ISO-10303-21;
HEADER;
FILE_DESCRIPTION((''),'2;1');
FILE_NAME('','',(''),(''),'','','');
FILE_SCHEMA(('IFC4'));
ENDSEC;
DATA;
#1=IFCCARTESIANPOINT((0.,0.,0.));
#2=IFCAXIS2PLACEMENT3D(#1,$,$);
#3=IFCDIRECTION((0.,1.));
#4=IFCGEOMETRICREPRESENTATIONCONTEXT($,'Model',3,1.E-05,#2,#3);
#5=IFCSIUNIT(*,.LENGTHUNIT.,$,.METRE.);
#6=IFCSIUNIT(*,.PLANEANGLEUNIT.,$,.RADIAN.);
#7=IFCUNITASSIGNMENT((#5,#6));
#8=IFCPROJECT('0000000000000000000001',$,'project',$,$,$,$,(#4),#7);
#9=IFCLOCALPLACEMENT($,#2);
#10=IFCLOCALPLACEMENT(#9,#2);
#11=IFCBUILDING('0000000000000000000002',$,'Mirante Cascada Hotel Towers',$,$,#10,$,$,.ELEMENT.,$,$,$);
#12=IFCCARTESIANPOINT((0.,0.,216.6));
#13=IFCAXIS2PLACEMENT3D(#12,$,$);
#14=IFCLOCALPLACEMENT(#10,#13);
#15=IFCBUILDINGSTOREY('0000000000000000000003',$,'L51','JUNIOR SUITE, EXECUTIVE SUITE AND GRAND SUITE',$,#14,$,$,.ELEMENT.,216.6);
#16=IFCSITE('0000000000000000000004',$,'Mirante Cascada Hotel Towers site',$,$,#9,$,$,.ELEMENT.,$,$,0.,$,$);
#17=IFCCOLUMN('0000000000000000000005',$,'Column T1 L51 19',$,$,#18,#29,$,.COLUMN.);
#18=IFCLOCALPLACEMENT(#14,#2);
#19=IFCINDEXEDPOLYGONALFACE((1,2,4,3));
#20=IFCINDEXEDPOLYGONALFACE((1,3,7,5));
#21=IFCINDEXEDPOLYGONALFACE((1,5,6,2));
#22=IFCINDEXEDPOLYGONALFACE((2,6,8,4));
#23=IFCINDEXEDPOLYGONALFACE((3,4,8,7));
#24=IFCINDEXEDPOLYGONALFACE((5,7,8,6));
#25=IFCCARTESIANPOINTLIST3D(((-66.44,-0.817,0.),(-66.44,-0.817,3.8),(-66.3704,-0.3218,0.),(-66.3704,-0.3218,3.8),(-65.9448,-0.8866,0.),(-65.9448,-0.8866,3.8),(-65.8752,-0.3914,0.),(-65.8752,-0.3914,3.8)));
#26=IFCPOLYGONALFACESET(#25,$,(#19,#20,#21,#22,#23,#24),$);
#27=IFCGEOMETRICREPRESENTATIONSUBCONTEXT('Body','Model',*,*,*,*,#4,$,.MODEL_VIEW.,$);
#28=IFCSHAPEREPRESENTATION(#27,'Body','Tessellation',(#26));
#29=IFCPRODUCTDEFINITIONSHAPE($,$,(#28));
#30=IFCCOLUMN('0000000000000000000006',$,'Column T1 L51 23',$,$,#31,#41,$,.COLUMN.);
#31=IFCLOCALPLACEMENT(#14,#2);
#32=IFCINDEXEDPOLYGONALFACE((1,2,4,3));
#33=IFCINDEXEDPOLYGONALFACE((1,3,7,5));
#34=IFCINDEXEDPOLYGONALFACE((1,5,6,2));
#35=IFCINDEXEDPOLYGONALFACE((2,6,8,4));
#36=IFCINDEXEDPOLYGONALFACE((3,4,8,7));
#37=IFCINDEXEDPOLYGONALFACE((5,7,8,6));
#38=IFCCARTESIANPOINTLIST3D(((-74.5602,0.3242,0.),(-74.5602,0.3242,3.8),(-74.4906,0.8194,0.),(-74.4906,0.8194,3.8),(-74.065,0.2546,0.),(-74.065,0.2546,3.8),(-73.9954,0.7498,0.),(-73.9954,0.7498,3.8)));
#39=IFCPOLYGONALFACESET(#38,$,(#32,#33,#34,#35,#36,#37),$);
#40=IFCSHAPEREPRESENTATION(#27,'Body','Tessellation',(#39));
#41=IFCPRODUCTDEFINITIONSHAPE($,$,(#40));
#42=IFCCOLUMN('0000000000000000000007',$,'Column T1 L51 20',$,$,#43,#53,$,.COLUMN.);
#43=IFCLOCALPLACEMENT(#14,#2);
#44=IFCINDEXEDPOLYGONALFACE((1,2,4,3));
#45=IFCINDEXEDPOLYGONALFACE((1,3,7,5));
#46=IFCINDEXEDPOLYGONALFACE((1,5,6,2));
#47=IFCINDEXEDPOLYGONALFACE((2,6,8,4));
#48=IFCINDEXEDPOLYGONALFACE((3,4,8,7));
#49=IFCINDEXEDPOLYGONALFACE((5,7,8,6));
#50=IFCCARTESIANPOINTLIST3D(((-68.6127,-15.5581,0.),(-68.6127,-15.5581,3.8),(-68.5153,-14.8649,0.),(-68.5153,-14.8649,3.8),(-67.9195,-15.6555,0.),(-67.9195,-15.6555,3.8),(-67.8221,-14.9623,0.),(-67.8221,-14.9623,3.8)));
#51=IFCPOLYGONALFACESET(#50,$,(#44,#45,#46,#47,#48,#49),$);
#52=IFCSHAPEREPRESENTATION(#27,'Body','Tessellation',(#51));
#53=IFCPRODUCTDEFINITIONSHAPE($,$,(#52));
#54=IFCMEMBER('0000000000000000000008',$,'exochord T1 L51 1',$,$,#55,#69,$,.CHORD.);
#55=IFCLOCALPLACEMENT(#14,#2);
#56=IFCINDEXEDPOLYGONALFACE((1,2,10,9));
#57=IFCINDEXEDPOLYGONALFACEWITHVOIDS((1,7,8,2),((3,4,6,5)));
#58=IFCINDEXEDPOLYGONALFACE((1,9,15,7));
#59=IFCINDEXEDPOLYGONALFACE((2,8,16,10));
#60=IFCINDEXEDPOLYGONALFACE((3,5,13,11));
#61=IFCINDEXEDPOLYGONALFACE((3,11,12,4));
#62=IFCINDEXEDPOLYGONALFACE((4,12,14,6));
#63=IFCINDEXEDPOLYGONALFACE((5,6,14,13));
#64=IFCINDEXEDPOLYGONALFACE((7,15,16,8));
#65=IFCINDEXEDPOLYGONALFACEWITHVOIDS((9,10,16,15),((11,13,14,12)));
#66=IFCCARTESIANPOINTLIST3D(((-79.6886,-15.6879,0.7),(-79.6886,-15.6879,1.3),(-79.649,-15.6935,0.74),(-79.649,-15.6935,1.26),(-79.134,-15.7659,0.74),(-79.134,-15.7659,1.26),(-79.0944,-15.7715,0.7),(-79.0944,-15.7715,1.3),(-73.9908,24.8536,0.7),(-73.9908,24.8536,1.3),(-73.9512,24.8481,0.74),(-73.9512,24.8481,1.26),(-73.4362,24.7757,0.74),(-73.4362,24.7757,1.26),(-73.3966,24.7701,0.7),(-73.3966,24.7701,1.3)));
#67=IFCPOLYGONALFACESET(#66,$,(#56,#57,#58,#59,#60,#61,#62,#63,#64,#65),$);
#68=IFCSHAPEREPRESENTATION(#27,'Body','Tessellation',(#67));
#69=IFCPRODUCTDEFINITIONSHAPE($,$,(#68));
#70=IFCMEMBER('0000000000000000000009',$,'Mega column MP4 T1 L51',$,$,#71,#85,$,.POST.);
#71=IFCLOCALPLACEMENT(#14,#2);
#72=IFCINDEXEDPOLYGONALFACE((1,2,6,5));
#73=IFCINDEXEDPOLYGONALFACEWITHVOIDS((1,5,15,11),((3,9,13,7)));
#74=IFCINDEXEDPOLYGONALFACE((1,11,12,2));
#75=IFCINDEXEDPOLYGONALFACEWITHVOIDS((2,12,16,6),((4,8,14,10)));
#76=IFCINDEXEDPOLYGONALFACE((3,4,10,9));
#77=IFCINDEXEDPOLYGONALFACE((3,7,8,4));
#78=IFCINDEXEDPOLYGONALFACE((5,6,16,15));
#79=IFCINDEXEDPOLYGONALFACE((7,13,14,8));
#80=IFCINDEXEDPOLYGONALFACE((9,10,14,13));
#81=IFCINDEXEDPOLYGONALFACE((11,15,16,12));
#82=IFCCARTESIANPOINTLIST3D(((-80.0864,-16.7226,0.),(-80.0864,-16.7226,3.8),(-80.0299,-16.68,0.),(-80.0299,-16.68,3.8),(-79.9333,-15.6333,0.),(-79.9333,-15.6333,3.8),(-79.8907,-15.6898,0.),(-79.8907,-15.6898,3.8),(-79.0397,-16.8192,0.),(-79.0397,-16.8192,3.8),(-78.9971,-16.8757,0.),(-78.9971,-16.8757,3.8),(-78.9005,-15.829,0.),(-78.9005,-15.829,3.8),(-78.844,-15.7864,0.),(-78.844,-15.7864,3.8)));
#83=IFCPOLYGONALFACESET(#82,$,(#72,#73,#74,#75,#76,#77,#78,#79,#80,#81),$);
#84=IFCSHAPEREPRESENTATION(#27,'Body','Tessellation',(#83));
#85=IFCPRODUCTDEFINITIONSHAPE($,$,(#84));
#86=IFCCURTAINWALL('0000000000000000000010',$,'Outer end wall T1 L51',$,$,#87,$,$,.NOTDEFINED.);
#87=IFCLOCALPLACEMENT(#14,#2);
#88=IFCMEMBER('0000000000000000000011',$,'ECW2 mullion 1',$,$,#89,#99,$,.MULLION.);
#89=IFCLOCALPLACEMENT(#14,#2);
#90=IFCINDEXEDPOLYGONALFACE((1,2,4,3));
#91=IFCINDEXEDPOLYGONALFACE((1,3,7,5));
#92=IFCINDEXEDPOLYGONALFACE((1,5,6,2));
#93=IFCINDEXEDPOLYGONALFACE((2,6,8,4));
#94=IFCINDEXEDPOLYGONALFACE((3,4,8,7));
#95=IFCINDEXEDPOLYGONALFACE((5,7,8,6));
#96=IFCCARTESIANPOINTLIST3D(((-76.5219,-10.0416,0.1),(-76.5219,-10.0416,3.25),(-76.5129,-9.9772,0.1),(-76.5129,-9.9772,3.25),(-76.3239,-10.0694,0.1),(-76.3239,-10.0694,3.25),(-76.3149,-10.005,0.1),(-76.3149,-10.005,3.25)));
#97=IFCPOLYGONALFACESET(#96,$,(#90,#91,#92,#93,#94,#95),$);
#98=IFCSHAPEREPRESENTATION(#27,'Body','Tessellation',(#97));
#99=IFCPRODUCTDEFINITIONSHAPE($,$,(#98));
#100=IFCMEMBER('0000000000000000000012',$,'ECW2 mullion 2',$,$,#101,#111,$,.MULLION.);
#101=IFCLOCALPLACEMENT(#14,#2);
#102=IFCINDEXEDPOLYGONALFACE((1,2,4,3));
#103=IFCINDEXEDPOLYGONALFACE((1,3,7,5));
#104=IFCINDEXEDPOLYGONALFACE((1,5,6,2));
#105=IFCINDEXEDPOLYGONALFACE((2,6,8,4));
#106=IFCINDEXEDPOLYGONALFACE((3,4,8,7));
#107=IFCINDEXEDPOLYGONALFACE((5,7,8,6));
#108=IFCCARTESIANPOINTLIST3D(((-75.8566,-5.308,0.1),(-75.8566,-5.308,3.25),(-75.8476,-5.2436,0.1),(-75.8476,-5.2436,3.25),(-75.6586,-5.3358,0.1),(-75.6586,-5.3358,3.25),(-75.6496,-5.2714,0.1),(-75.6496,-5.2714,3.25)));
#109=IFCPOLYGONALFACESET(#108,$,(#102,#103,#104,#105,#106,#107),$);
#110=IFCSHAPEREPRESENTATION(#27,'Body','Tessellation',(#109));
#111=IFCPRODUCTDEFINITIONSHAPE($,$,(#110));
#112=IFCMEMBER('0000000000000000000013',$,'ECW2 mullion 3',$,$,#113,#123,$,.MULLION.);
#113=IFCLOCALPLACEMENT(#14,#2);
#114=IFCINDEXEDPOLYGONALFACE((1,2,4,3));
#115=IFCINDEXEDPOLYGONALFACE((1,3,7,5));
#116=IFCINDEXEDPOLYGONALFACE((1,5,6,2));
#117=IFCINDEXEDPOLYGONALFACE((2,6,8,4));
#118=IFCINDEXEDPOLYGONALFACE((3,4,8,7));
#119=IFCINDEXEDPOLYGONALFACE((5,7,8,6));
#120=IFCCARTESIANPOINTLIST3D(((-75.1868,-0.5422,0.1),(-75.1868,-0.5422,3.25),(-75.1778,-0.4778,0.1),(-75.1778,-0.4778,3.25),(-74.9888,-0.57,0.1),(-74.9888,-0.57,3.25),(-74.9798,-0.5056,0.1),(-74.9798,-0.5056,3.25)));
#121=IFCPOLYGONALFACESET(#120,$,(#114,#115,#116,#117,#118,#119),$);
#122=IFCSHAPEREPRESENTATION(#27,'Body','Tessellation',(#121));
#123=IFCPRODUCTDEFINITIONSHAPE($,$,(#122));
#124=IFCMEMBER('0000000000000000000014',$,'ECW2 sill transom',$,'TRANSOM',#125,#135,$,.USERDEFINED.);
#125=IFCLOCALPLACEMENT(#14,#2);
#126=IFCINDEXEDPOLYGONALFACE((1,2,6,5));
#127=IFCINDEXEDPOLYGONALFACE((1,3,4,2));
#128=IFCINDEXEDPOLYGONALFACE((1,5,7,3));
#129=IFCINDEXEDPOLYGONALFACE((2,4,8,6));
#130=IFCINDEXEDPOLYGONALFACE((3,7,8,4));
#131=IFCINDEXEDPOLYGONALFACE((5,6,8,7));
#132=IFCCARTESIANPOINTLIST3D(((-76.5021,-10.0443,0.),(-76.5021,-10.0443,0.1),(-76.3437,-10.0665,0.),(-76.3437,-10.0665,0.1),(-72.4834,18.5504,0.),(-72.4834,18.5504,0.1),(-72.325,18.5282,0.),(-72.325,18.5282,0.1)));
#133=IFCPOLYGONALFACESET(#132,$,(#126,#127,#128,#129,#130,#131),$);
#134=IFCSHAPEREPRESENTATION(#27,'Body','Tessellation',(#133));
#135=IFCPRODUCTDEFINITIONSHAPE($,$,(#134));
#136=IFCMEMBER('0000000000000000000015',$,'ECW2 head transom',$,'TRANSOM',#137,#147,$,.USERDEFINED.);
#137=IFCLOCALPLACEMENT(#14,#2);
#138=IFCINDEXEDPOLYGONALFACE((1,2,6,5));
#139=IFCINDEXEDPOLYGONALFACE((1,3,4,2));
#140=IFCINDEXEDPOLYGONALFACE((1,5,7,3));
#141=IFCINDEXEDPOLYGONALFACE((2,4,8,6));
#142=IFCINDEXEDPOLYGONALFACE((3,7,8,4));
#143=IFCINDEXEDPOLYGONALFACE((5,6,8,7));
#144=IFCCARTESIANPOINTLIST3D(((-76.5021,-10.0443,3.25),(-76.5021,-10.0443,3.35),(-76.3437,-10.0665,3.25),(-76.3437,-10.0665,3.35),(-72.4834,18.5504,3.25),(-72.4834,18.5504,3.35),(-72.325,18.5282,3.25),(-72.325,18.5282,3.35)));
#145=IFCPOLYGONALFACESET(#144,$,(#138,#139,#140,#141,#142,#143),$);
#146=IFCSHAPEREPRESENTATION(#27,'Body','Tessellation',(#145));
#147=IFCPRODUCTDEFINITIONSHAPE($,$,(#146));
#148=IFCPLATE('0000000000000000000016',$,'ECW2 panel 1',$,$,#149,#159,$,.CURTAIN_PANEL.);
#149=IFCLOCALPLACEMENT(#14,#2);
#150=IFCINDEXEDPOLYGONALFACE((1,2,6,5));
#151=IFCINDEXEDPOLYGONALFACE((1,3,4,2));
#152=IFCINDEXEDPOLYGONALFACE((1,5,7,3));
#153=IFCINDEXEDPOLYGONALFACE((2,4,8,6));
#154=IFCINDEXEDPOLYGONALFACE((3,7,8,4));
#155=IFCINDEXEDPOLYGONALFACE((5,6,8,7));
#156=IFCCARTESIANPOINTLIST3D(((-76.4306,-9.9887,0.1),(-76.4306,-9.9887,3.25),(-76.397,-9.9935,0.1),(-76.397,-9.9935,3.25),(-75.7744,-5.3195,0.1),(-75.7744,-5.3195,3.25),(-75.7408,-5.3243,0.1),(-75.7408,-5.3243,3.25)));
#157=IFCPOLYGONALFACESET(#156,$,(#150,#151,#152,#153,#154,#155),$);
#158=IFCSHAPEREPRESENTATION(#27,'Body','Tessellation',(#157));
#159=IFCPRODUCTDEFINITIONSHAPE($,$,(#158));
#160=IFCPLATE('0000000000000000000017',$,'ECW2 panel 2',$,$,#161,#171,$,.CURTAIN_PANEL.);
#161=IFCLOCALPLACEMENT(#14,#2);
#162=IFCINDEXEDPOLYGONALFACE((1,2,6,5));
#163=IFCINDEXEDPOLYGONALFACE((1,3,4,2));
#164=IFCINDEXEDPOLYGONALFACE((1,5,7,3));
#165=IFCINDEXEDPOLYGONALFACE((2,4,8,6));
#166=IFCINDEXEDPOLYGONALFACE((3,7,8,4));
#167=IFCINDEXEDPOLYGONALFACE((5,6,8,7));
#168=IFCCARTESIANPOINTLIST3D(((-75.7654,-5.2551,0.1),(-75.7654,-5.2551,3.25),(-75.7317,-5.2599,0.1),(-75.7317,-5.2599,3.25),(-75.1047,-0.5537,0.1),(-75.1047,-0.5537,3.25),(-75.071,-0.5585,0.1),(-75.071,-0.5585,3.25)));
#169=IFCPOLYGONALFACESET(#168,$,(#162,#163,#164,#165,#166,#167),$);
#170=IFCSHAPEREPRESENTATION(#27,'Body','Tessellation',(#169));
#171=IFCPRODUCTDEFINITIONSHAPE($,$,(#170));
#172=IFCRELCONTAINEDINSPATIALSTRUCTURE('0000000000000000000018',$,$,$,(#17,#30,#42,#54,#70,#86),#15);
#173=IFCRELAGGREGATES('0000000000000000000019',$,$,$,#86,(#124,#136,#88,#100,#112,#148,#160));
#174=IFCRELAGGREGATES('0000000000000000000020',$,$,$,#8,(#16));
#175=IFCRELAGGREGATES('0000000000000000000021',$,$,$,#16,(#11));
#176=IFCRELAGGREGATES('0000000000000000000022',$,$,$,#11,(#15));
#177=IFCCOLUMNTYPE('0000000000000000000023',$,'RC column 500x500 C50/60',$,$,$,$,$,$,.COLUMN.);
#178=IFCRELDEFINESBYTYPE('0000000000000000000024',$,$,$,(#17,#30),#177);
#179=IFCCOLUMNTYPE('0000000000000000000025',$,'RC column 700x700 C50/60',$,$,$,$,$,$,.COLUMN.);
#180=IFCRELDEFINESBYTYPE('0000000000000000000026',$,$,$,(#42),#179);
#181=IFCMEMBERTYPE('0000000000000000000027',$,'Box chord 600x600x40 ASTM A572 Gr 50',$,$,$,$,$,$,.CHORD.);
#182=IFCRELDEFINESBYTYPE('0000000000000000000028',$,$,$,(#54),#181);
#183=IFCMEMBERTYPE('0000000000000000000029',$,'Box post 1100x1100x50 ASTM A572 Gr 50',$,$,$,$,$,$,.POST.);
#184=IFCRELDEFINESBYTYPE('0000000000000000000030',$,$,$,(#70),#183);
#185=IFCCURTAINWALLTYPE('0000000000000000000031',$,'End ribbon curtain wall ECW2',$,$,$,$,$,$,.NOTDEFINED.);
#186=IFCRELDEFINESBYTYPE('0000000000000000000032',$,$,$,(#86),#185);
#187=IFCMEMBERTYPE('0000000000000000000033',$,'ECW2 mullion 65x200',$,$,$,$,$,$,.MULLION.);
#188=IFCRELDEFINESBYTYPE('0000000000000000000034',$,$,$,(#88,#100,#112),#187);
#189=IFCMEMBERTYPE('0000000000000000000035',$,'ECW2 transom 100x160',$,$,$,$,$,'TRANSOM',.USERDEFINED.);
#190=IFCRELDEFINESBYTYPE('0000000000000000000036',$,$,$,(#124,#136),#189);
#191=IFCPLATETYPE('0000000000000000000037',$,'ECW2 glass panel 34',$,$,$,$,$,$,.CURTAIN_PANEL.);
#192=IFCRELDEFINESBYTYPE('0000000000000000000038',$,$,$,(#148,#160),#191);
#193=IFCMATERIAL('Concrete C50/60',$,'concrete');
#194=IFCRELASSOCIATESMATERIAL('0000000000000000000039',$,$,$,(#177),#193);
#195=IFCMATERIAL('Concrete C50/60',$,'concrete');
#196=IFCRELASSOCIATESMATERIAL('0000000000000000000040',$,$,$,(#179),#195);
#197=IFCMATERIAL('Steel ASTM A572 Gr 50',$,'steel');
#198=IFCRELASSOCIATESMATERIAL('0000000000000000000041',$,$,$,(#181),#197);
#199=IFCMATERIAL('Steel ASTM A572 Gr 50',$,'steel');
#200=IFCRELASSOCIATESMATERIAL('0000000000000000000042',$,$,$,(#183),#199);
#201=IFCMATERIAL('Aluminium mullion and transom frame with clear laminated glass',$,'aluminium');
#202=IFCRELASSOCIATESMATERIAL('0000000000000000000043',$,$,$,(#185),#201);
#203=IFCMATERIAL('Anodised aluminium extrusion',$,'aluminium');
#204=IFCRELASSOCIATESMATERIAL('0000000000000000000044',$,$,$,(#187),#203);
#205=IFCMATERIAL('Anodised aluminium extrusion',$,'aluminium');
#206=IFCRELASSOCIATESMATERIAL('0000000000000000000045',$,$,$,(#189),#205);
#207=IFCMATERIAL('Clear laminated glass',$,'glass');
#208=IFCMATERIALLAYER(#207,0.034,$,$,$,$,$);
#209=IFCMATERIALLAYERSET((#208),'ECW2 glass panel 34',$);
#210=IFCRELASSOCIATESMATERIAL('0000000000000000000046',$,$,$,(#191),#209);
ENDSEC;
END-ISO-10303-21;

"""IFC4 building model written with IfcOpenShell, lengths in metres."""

from ifc_helpers import new_model, si_unit, direction, frame, origin, origin_2d, place, context, subcontext, project, spatial, rectangle, hollow_rectangle, extrude, material, layer, layer_set, material_profile, profile_set, type_object, element, aggregate, save


model = new_model("IFC4")

# Units and contexts
model_context = context("Model", 3, precision=1e-05, world=origin(), true_north=direction((0.0, 1.0)))
body_context = subcontext(model_context, "Body", "Model", "MODEL_VIEW")
ifc_project = project(units=[si_unit("LENGTHUNIT", "METRE"), si_unit("PLANEANGLEUNIT", "RADIAN")], contexts=[model_context])

# Site, building, storey
site_placement = place(None, origin())
site = spatial("IfcSite", under=ifc_project, at=site_placement, Name="Mirante Cascada Hotel Towers site", CompositionType="ELEMENT", RefElevation=0.0)
building_placement = place(site_placement, origin())
building = spatial("IfcBuilding", under=site, at=building_placement, Name="Mirante Cascada Hotel Towers", CompositionType="ELEMENT")
storey_placement = place(building_placement, frame((0.0, 0.0, 216.6)))
storey = spatial("IfcBuildingStorey", under=building, at=storey_placement, Name="L51", Description="JUNIOR SUITE, EXECUTIVE SUITE AND GRAND SUITE", CompositionType="ELEMENT", Elevation=216.6)

# Columns
ifc_material_1 = material(Name="Concrete C50/60", Category="concrete")
ifc_material_profile_1 = material_profile(ifc_material_1, rectangle(XDim=0.5, YDim=0.5, at=origin_2d()), Name="RC column 500x500 C50/60")
ifc_profile_set_1 = profile_set([ifc_material_profile_1], Name="Concrete C50/60")
column_type_1 = type_object("IfcColumnType", Name="RC column 500x500 C50/60", PredefinedType="COLUMN", material=ifc_profile_set_1)
for number, where, z_axis, x_axis, name in (
    (1, (-66.1576, -0.6042, 0.0), (0.0, 0.0, 1.0), (-0.990268, 0.139173, 0.0), "Column T1 L51 19"),
    (2, (-74.2778, 0.537, 0.0), (0.0, 0.0, 1.0), (-0.990268, 0.139173, 0.0), "Column T1 L51 23"),
):
    element("IfcColumn", number, at=place(storey_placement, frame(where, z_axis=z_axis, x_axis=x_axis)), inside=storey, type_object=column_type_1, Name=name, PredefinedType="COLUMN", context=body_context, shape_type="SweptSolid", body=[
        extrude(rectangle(XDim=0.5, YDim=0.5, at=origin_2d()), origin(), (0.0, 0.0, 1.0), 3.8),
    ])
ifc_material_2 = material(Name="Concrete C50/60", Category="concrete")
ifc_material_profile_2 = material_profile(ifc_material_2, rectangle(XDim=0.7, YDim=0.7, at=origin_2d()), Name="RC column 700x700 C50/60")
ifc_profile_set_2 = profile_set([ifc_material_profile_2], Name="Concrete C50/60")
column_type_2 = type_object("IfcColumnType", Name="RC column 700x700 C50/60", PredefinedType="COLUMN", material=ifc_profile_set_2)
column_placement = place(storey_placement, frame((-68.2174, -15.2602, 0.0), z_axis=(0.0, 0.0, 1.0), x_axis=(-0.990268, 0.139173, 0.0)))
element("IfcColumn", 3, at=column_placement, inside=storey, type_object=column_type_2, Name="Column T1 L51 20", PredefinedType="COLUMN", context=body_context, shape_type="SweptSolid", body=[
    extrude(rectangle(XDim=0.7, YDim=0.7, at=origin_2d()), origin(), (0.0, 0.0, 1.0), 3.8),
])

# Members
ifc_material_3 = material(Name="Steel ASTM A572 Gr 50", Category="steel")
ifc_material_profile_3 = material_profile(ifc_material_3, hollow_rectangle(XDim=0.6, YDim=0.6, WallThickness=0.04, at=origin_2d()), Name="Box chord 600x600x40 ASTM A572 Gr 50")
ifc_profile_set_3 = profile_set([ifc_material_profile_3], Name="Steel ASTM A572 Gr 50")
member_type_1 = type_object("IfcMemberType", Name="Box chord 600x600x40 ASTM A572 Gr 50", PredefinedType="CHORD", material=ifc_profile_set_3)
member_1_placement = place(storey_placement, frame((-79.3915, -15.7297, 1.0), z_axis=(0.139174, 0.990268, 0.0), x_axis=(-0.990268, 0.139174, 0.0)))
element("IfcMember", 4, at=member_1_placement, inside=storey, type_object=member_type_1, Name="exochord T1 L51 1", PredefinedType="CHORD", context=body_context, shape_type="SweptSolid", body=[
    extrude(hollow_rectangle(XDim=0.6, YDim=0.6, WallThickness=0.04, at=origin_2d()), origin(), (0.0, 0.0, 1.0), 40.94),
])
ifc_material_4 = material(Name="Steel ASTM A572 Gr 50", Category="steel")
ifc_material_profile_4 = material_profile(ifc_material_4, hollow_rectangle(XDim=1.1, YDim=1.1, WallThickness=0.05, at=origin_2d()), Name="Box post 1100x1100x50 ASTM A572 Gr 50")
ifc_profile_set_4 = profile_set([ifc_material_profile_4], Name="Steel ASTM A572 Gr 50")
member_type_2 = type_object("IfcMemberType", Name="Box post 1100x1100x50 ASTM A572 Gr 50", PredefinedType="POST", material=ifc_profile_set_4)
member_2_placement = place(storey_placement, frame((-79.4652, -16.2545, 0.0), z_axis=(0.0, 0.0, 1.0), x_axis=(-0.990268, 0.139173, 0.0)))
element("IfcMember", 5, at=member_2_placement, inside=storey, type_object=member_type_2, Name="Mega column MP4 T1 L51", PredefinedType="POST", context=body_context, shape_type="SweptSolid", body=[
    extrude(hollow_rectangle(XDim=1.1, YDim=1.1, WallThickness=0.05, at=origin_2d()), origin(), (0.0, 0.0, 1.0), 3.8),
])

# Curtain wall, members, plates
ifc_material_5 = material(Name="Aluminium mullion and transom frame with clear laminated glass", Category="aluminium")
curtain_wall_type = type_object("IfcCurtainWallType", Name="End ribbon curtain wall ECW2", PredefinedType="NOTDEFINED", material=ifc_material_5)
curtain_wall_placement = place(storey_placement, origin())
curtain_wall = element("IfcCurtainWall", 6, at=curtain_wall_placement, inside=storey, type_object=curtain_wall_type, Name="Outer end wall T1 L51", PredefinedType="NOTDEFINED")
ifc_material_6 = material(Name="Anodised aluminium extrusion", Category="aluminium")
ifc_material_profile_5 = material_profile(ifc_material_6, rectangle(XDim=0.2, YDim=0.065, at=origin_2d()), Name="ECW2 MULLION 65x200")
ifc_profile_set_5 = profile_set([ifc_material_profile_5], Name="Anodised aluminium extrusion")
member_type_3 = type_object("IfcMemberType", Name="ECW2 mullion 65x200", PredefinedType="MULLION", material=ifc_profile_set_5)
member_3_placement = place(storey_placement, frame((-76.4184, -10.0233, 0.1), z_axis=(0.0, 0.0, 1.0), x_axis=(-0.990268, 0.139173, 0.0)))
member_3 = element("IfcMember", 7, at=member_3_placement, type_object=member_type_3, Name="ECW2 mullion 1", PredefinedType="MULLION", context=body_context, shape_type="SweptSolid", body=[
    extrude(rectangle(XDim=0.2, YDim=0.065, at=origin_2d()), origin(), (0.0, 0.0, 1.0), 3.15),
])
member_4_placement = place(storey_placement, frame((-75.7531, -5.2897, 0.1), z_axis=(0.0, 0.0, 1.0), x_axis=(-0.990268, 0.139173, 0.0)))
member_4 = element("IfcMember", 8, at=member_4_placement, type_object=member_type_3, Name="ECW2 mullion 2", PredefinedType="MULLION", context=body_context, shape_type="SweptSolid", body=[
    extrude(rectangle(XDim=0.2, YDim=0.065, at=origin_2d()), origin(), (0.0, 0.0, 1.0), 3.15),
])
member_5_placement = place(storey_placement, frame((-75.0833, -0.5239, 0.1), z_axis=(0.0, 0.0, 1.0), x_axis=(-0.990268, 0.139173, 0.0)))
member_5 = element("IfcMember", 9, at=member_5_placement, type_object=member_type_3, Name="ECW2 mullion 3", PredefinedType="MULLION", context=body_context, shape_type="SweptSolid", body=[
    extrude(rectangle(XDim=0.2, YDim=0.065, at=origin_2d()), origin(), (0.0, 0.0, 1.0), 3.15),
])
ifc_material_7 = material(Name="Anodised aluminium extrusion", Category="aluminium")
ifc_material_profile_6 = material_profile(ifc_material_7, rectangle(XDim=0.16, YDim=0.1, at=origin_2d()), Name="ECW2 TRANSOM 100x160")
ifc_profile_set_6 = profile_set([ifc_material_profile_6], Name="Anodised aluminium extrusion")
member_type_4 = type_object("IfcMemberType", Name="ECW2 transom 100x160", ElementType="TRANSOM", PredefinedType="USERDEFINED", material=ifc_profile_set_6)
member_6_placement = place(storey_placement, frame((-76.4229, -10.0554, 0.05), z_axis=(0.139172, 0.990268, 0.0), x_axis=(-0.990268, 0.139172, 0.0)))
member_6 = element("IfcMember", 10, at=member_6_placement, type_object=member_type_4, Name="ECW2 sill transom", ObjectType="TRANSOM", PredefinedType="USERDEFINED", context=body_context, shape_type="SweptSolid", body=[
    extrude(rectangle(XDim=0.16, YDim=0.1, at=origin_2d()), origin(), (0.0, 0.0, 1.0), 28.8757),
])
member_7_placement = place(storey_placement, frame((-76.4229, -10.0554, 3.3), z_axis=(0.139172, 0.990268, 0.0), x_axis=(-0.990268, 0.139172, 0.0)))
member_7 = element("IfcMember", 11, at=member_7_placement, type_object=member_type_4, Name="ECW2 head transom", ObjectType="TRANSOM", PredefinedType="USERDEFINED", context=body_context, shape_type="SweptSolid", body=[
    extrude(rectangle(XDim=0.16, YDim=0.1, at=origin_2d()), origin(), (0.0, 0.0, 1.0), 28.8757),
])
ifc_material_8 = material(Name="Clear laminated glass", Category="glass")
ifc_layer_1 = layer(ifc_material_8, 0.034)
ifc_layer_set_1 = layer_set([ifc_layer_1], Name="ECW2 glass panel 34")
plate_type = type_object("IfcPlateType", Name="ECW2 glass panel 34", PredefinedType="CURTAIN_PANEL", material=ifc_layer_set_1)
plate_1_placement = place(storey_placement, frame((-76.0857, -7.6565, 0.1), z_axis=(0.0, 0.0, 1.0), x_axis=(0.139173, 0.990268, 0.0)))
plate_1 = element("IfcPlate", 12, at=plate_1_placement, type_object=plate_type, Name="ECW2 panel 1", PredefinedType="CURTAIN_PANEL", context=body_context, shape_type="SweptSolid", body=[
    extrude(rectangle(XDim=4.7151, YDim=0.034, at=origin_2d()), origin(), (0.0, 0.0, 1.0), 3.15),
])
plate_2_placement = place(storey_placement, frame((-75.4182, -2.9068, 0.1), z_axis=(0.0, 0.0, 1.0), x_axis=(0.139173, 0.990268, 0.0)))
plate_2 = element("IfcPlate", 13, at=plate_2_placement, type_object=plate_type, Name="ECW2 panel 2", PredefinedType="CURTAIN_PANEL", context=body_context, shape_type="SweptSolid", body=[
    extrude(rectangle(XDim=4.7476, YDim=0.034, at=origin_2d()), origin(), (0.0, 0.0, 1.0), 3.15),
])
aggregate(curtain_wall, [member_6, member_7, member_3, member_4, member_5, plate_1, plate_2])

save(model, "model.ifc")
